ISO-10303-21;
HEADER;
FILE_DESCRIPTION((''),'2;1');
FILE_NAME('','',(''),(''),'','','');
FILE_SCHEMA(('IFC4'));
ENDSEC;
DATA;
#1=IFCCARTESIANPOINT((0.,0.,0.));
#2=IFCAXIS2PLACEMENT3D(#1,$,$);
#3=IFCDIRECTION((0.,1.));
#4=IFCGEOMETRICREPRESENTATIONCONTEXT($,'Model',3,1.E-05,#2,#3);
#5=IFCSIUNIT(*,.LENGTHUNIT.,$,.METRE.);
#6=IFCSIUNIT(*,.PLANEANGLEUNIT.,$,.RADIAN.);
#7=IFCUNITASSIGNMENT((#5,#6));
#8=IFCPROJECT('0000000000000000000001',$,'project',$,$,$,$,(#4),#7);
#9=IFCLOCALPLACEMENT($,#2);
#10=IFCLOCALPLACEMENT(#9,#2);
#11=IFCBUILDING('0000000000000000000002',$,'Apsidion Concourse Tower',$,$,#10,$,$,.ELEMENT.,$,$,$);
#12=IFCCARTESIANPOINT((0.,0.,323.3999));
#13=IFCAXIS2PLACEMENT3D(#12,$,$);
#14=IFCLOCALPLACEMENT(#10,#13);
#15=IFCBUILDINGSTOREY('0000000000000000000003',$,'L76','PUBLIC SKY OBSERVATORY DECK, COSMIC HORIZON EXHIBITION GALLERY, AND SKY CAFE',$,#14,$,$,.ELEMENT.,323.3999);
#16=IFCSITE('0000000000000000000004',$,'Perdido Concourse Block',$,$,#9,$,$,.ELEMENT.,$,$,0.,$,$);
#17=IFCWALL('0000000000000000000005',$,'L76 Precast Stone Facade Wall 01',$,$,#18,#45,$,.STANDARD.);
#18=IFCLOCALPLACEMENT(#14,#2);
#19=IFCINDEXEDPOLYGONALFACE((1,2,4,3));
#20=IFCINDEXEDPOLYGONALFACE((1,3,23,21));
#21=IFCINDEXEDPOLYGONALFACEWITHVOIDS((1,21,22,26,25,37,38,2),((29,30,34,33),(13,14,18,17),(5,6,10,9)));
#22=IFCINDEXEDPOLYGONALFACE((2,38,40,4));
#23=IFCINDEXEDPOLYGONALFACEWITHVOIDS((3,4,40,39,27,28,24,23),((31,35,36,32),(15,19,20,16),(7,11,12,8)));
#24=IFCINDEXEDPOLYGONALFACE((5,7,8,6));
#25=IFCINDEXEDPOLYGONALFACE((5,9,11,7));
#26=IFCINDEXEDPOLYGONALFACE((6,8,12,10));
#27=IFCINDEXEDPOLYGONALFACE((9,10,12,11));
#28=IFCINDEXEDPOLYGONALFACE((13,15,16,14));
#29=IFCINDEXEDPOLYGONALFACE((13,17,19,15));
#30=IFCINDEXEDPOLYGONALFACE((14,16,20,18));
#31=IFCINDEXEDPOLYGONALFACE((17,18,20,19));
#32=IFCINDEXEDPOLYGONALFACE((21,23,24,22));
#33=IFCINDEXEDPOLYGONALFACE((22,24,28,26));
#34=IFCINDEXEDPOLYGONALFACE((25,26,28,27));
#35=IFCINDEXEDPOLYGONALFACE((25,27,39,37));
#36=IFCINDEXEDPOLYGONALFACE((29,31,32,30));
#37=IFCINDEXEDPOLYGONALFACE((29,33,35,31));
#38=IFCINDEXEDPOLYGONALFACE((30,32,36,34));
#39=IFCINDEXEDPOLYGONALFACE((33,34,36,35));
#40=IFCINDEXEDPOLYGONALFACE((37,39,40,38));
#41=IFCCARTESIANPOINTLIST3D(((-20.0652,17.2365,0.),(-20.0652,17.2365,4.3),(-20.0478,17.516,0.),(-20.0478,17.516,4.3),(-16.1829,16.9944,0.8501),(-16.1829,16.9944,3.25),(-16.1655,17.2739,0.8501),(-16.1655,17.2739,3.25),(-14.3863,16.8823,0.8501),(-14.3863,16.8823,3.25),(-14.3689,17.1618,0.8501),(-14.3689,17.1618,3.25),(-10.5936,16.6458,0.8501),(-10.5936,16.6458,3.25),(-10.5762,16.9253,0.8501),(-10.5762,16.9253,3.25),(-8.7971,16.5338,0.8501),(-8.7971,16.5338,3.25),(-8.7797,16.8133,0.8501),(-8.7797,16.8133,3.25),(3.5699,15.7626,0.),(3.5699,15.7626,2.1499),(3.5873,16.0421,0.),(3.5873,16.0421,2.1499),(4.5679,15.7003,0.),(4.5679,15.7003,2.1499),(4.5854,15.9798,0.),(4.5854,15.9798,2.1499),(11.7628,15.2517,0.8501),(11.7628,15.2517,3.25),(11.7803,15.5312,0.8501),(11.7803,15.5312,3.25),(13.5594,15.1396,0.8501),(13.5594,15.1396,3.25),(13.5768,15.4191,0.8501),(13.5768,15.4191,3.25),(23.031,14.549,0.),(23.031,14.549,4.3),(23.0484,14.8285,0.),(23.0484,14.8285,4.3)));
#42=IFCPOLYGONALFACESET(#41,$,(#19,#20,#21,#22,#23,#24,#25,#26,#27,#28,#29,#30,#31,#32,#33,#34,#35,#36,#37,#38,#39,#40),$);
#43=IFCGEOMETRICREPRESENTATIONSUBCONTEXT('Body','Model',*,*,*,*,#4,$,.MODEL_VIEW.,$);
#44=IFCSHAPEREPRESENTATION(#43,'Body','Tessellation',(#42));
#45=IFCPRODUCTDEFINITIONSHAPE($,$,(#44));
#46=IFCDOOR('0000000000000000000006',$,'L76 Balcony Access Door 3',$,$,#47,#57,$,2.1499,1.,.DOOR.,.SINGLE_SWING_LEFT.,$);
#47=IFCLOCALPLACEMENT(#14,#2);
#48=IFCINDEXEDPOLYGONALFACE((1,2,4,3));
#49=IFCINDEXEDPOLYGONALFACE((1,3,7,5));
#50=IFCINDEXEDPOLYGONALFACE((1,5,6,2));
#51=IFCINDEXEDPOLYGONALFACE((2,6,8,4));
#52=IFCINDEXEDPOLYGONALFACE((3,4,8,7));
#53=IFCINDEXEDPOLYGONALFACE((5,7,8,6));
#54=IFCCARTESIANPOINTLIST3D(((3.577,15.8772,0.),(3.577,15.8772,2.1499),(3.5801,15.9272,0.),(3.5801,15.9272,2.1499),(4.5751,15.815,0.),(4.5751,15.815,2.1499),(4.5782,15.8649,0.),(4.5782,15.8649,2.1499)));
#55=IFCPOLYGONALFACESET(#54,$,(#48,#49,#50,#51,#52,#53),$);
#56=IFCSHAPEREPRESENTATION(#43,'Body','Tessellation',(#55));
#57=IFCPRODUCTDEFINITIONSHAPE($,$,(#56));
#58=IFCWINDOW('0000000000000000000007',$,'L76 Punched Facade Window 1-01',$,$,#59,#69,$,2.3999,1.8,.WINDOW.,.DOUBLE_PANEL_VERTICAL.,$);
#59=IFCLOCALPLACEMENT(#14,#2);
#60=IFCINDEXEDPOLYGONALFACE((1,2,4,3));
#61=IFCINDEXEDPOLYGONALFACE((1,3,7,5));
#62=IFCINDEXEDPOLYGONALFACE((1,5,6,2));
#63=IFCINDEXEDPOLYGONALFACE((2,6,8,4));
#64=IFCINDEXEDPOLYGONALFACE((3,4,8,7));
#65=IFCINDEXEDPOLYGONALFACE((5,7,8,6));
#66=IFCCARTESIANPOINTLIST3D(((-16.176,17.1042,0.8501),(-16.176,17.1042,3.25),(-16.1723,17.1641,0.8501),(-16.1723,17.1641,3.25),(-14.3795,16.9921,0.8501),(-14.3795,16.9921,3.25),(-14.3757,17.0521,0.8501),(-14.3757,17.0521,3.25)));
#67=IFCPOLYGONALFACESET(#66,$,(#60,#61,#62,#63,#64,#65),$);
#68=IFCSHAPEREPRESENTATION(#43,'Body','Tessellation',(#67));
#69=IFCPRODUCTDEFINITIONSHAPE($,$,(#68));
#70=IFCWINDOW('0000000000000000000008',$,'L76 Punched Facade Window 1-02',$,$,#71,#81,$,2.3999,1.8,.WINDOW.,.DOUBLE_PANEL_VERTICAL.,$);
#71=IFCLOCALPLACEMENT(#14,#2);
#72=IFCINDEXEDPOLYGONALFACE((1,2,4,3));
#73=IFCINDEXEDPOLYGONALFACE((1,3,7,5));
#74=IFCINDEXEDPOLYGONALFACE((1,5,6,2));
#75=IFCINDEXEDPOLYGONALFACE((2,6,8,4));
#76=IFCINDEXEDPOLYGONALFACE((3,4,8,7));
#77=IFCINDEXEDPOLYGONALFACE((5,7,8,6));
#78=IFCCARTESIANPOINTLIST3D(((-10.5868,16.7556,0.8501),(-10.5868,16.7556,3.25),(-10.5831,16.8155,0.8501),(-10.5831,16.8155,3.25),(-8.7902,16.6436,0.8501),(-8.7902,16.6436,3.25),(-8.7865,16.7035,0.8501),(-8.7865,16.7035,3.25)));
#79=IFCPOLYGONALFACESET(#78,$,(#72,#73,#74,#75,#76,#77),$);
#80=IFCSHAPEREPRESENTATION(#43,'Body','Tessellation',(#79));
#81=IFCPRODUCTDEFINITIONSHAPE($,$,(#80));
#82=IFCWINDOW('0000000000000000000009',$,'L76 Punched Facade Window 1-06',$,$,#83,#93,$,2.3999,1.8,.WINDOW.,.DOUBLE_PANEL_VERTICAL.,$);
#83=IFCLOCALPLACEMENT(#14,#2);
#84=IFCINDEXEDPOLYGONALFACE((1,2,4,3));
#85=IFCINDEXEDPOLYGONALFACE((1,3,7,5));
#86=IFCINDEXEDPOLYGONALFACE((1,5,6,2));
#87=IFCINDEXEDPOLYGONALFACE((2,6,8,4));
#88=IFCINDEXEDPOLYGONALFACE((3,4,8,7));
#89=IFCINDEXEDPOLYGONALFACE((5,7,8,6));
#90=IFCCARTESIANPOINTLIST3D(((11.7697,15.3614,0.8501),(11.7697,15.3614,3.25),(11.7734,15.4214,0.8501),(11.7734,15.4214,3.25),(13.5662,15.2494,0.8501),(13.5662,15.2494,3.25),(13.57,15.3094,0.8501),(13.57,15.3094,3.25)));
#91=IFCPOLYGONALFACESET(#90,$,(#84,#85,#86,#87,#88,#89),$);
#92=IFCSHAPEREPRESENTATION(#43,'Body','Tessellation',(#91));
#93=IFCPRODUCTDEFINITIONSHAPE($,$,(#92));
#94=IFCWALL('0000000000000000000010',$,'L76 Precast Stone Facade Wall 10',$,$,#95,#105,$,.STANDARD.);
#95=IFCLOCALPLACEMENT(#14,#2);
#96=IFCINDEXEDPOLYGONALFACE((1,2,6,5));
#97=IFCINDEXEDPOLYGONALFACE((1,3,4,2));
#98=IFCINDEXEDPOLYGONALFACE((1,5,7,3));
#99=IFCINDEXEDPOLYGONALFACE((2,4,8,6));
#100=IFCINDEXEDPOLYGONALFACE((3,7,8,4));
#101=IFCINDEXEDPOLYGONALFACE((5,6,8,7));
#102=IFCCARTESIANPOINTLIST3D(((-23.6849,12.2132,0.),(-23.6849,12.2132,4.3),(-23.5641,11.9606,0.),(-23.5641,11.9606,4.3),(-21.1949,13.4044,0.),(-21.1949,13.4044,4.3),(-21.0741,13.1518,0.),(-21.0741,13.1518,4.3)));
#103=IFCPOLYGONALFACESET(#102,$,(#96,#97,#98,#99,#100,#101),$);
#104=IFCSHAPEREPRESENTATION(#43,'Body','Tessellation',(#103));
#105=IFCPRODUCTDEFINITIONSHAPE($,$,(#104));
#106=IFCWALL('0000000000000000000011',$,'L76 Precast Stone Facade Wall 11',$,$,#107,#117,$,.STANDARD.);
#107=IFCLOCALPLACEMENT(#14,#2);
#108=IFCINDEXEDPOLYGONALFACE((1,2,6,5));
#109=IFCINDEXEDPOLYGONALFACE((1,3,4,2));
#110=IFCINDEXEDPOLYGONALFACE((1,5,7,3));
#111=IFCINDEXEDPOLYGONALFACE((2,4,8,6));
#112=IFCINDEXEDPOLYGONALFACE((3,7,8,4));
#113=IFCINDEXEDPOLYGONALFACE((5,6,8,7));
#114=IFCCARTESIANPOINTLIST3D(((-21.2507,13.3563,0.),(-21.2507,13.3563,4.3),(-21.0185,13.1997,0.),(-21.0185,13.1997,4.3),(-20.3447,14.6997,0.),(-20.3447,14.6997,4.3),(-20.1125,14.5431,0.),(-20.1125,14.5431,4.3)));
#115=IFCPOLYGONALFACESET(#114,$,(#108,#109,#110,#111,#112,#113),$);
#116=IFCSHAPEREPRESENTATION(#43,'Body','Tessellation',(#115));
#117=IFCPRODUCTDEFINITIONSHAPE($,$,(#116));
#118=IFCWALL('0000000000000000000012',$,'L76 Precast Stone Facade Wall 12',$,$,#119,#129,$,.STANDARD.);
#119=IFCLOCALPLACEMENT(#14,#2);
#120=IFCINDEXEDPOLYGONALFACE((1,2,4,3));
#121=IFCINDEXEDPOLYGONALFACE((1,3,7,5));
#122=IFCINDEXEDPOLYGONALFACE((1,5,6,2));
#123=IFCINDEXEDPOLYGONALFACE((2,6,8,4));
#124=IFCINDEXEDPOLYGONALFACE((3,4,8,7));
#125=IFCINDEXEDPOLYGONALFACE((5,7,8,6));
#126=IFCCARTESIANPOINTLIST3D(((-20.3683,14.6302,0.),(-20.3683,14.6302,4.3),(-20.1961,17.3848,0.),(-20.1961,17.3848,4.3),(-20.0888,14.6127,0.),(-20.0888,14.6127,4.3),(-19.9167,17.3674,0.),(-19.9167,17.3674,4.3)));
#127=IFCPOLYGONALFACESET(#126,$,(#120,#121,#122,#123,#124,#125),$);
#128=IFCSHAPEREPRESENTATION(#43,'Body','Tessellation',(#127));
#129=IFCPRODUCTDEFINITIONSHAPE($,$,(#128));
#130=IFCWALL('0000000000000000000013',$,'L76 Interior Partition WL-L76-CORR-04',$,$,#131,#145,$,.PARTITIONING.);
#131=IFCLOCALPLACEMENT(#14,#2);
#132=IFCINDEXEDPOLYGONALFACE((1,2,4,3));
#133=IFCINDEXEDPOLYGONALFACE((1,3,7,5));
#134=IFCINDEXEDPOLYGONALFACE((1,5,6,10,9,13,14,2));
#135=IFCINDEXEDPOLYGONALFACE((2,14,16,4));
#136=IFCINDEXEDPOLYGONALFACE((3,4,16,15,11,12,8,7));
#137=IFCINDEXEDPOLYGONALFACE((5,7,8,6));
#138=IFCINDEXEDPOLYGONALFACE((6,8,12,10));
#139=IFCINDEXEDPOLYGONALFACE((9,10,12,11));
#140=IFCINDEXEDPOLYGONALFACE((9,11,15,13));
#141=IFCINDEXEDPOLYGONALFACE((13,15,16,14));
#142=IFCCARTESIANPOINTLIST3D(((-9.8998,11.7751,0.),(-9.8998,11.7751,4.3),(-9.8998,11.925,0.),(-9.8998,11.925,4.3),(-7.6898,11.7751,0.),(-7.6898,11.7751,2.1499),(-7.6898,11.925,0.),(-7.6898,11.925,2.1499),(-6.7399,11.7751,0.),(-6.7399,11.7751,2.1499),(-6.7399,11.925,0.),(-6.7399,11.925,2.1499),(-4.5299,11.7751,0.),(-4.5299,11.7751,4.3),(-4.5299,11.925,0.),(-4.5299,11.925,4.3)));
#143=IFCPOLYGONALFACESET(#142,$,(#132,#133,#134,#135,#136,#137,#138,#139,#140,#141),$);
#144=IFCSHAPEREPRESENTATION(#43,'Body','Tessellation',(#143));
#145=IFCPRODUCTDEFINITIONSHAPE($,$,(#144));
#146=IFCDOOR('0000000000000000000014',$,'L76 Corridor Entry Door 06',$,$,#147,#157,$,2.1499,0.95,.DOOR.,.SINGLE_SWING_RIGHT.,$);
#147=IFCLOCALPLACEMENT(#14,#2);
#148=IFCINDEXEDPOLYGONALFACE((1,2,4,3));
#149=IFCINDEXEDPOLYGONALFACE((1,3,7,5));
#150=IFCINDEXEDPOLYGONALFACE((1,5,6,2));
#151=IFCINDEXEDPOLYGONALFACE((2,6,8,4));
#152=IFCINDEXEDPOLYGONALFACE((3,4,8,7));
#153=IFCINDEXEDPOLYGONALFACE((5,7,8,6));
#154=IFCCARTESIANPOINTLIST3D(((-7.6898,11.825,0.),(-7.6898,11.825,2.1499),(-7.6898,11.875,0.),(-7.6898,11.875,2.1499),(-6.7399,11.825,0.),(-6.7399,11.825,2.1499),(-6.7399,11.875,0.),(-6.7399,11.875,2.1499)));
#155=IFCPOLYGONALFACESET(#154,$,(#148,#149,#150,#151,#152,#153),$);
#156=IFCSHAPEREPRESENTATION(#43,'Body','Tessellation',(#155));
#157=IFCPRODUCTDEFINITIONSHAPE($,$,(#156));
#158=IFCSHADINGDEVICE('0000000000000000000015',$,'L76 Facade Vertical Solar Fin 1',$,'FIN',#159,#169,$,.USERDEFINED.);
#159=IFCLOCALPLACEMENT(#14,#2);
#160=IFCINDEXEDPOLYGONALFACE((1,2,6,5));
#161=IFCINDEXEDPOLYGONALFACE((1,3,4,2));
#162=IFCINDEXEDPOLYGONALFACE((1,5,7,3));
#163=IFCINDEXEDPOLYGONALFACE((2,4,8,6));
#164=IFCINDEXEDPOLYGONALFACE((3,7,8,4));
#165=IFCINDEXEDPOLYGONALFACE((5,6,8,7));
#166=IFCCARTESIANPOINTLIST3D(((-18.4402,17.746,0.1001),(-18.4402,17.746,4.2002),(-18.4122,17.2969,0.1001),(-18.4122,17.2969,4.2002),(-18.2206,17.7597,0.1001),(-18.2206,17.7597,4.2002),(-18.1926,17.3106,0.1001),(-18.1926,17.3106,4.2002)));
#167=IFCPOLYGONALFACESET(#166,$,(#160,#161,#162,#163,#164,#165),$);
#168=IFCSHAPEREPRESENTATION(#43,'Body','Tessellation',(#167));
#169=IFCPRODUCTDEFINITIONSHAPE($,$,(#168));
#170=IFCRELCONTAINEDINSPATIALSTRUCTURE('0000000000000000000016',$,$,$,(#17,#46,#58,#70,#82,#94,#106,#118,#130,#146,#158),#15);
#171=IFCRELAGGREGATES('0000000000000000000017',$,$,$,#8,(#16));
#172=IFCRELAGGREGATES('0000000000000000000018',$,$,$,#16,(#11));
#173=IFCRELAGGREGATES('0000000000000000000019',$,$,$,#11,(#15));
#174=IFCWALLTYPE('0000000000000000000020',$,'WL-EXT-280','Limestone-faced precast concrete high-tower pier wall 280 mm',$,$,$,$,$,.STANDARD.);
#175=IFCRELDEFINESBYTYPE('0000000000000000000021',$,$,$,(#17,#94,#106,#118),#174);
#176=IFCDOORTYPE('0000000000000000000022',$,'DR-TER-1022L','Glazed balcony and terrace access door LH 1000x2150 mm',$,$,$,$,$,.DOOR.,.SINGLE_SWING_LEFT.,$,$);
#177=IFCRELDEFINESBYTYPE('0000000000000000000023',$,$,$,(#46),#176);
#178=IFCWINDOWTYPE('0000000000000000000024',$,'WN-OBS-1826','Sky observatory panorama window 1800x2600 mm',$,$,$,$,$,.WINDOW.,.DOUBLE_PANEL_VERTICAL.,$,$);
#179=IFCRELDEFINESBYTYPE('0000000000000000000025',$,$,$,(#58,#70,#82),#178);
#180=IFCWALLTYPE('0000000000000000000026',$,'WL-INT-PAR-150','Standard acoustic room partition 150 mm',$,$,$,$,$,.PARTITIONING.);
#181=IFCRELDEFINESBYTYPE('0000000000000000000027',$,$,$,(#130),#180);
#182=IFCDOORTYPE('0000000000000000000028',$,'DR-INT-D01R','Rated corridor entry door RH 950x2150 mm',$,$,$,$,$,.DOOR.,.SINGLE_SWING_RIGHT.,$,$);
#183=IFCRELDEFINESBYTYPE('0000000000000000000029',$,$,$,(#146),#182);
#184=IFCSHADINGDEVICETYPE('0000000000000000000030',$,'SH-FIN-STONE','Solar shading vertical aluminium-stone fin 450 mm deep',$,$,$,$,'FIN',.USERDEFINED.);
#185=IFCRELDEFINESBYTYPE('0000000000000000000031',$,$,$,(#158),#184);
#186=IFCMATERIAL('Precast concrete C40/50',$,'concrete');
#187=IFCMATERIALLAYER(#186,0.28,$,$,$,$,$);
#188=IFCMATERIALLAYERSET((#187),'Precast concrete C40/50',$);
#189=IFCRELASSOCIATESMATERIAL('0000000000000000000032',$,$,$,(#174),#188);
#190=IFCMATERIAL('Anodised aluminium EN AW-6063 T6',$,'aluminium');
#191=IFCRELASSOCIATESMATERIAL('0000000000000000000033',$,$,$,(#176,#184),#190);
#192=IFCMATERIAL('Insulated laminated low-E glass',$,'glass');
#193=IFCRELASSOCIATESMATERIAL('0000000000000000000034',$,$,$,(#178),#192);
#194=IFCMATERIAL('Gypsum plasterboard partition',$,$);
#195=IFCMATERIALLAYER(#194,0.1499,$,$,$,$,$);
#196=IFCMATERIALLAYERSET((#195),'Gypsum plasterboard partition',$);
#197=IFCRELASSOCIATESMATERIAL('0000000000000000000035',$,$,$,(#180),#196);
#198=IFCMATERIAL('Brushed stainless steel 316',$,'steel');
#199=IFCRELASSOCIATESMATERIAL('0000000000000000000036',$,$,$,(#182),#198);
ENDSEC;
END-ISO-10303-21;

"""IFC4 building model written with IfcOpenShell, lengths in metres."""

from ifc_helpers import new_model, si_unit, direction, frame, frame_2d, origin, origin_2d, place, context, subcontext, project, spatial, rectangle, extrude, material, layer, layer_set, type_object, element, fill, save


model = new_model("IFC4")

# Units and contexts
model_context = context("Model", 3, precision=1e-05, world=origin(), true_north=direction((0.0, 1.0)))
body_context = subcontext(model_context, "Body", "Model", "MODEL_VIEW")
ifc_project = project(units=[si_unit("LENGTHUNIT", "METRE"), si_unit("PLANEANGLEUNIT", "RADIAN")], contexts=[model_context])

# Site, building, storey
site_placement = place(None, origin())
site = spatial("IfcSite", under=ifc_project, at=site_placement, Name="Perdido Concourse Block", CompositionType="ELEMENT", RefElevation=0.0)
building_placement = place(site_placement, origin())
building = spatial("IfcBuilding", under=site, at=building_placement, Name="Apsidion Concourse Tower", CompositionType="ELEMENT")
storey_placement = place(building_placement, frame((0.0, 0.0, 323.3999)))
storey = spatial("IfcBuildingStorey", under=building, at=storey_placement, Name="L76", Description="PUBLIC SKY OBSERVATORY DECK, COSMIC HORIZON EXHIBITION GALLERY, AND SKY CAFE", CompositionType="ELEMENT", Elevation=323.3999)

# Wall, openings, door, windows
ifc_material_1 = material(Name="Precast concrete C40/50", Category="concrete")
ifc_layer_1 = layer(ifc_material_1, 0.28)
ifc_layer_set_1 = layer_set([ifc_layer_1], Name="Precast concrete C40/50")
wall_type_1 = type_object("IfcWallType", Name="WL-EXT-280", Description="Limestone-faced precast concrete high-tower pier wall 280 mm", PredefinedType="STANDARD", material=ifc_layer_set_1)
wall_1_placement = place(storey_placement, frame((-20.0564, 17.3762, 0.0), z_axis=(0.0, 0.0, 1.0), x_axis=(0.998061, -0.06224, 0.0)))
wall_1 = element("IfcWall", 1, at=wall_1_placement, inside=storey, type_object=wall_type_1, Name="L76 Precast Stone Facade Wall 01", PredefinedType="STANDARD", context=body_context, shape_type="SweptSolid", body=[
    extrude(rectangle(XDim=43.1799, YDim=0.28, at=frame_2d((21.5898, 0.0))), origin(), (0.0, 0.0, 1.0), 4.3),
])
opening_1_placement = place(wall_1_placement, frame((23.6809, 0.0, 0.0)))
opening_1 = element("IfcOpeningElement", 2, at=opening_1_placement, cuts=wall_1, PredefinedType="OPENING", context=body_context, shape_type="SweptSolid", body=[
    extrude(rectangle(XDim=1.0, YDim=2.1499, at=frame_2d((0.5, 1.075))), frame((0.0, 0.1499, 0.0), z_axis=(0.0, -1.0, 0.0), x_axis=(1.0, 0.0, 0.0)), (0.0, 0.0, 1.0), 0.3),
])
opening_2_placement = place(wall_1_placement, frame((3.8899, 0.0, 0.8501)))
opening_2 = element("IfcOpeningElement", 3, at=opening_2_placement, cuts=wall_1, PredefinedType="OPENING", context=body_context, shape_type="SweptSolid", body=[
    extrude(rectangle(XDim=1.8, YDim=2.3999, at=frame_2d((0.8999, 1.2))), frame((0.0, 0.1499, 0.0), z_axis=(0.0, -1.0, 0.0), x_axis=(1.0, 0.0, 0.0)), (0.0, 0.0, 1.0), 0.3),
])
opening_3_placement = place(wall_1_placement, frame((9.49, 0.0, 0.8501)))
opening_3 = element("IfcOpeningElement", 4, at=opening_3_placement, cuts=wall_1, PredefinedType="OPENING", context=body_context, shape_type="SweptSolid", body=[
    extrude(rectangle(XDim=1.8, YDim=2.3999, at=frame_2d((0.8999, 1.2))), frame((0.0, 0.1499, 0.0), z_axis=(0.0, -1.0, 0.0), x_axis=(1.0, 0.0, 0.0)), (0.0, 0.0, 1.0), 0.3),
])
opening_4_placement = place(wall_1_placement, frame((31.8899, 0.0, 0.8501)))
opening_4 = element("IfcOpeningElement", 5, at=opening_4_placement, cuts=wall_1, PredefinedType="OPENING", context=body_context, shape_type="SweptSolid", body=[
    extrude(rectangle(XDim=1.8, YDim=2.3999, at=frame_2d((0.8999, 1.2))), frame((0.0, 0.1499, 0.0), z_axis=(0.0, -1.0, 0.0), x_axis=(1.0, 0.0, 0.0)), (0.0, 0.0, 1.0), 0.3),
])
ifc_material_2 = material(Name="Anodised aluminium EN AW-6063 T6", Category="aluminium")
door_type_1 = type_object("IfcDoorType", Name="DR-TER-1022L", Description="Glazed balcony and terrace access door LH 1000x2150 mm", OperationType="SINGLE_SWING_LEFT", PredefinedType="DOOR", material=ifc_material_2)
door_1_placement = place(opening_1_placement, origin())
door_1 = element("IfcDoor", 6, at=door_1_placement, inside=storey, type_object=door_type_1, Name="L76 Balcony Access Door 3", OperationType="SINGLE_SWING_LEFT", OverallHeight=2.1499, OverallWidth=1.0, PredefinedType="DOOR", context=body_context, shape_type="SweptSolid", body=[
    extrude(rectangle(XDim=1.0, YDim=2.1499, at=frame_2d((0.5, 1.075))), frame((0.0, 0.0249, 0.0), z_axis=(0.0, -1.0, 0.0), x_axis=(1.0, 0.0, 0.0)), (0.0, 0.0, 1.0), 0.05),
])
fill(opening_1, door_1)
ifc_material_3 = material(Name="Insulated laminated low-E glass", Category="glass")
window_type = type_object("IfcWindowType", Name="WN-OBS-1826", Description="Sky observatory panorama window 1800x2600 mm", PartitioningType="DOUBLE_PANEL_VERTICAL", PredefinedType="WINDOW", material=ifc_material_3)
window_1_placement = place(opening_2_placement, origin())
window_1 = element("IfcWindow", 7, at=window_1_placement, inside=storey, type_object=window_type, Name="L76 Punched Facade Window 1-01", OverallHeight=2.3999, OverallWidth=1.8, PartitioningType="DOUBLE_PANEL_VERTICAL", PredefinedType="WINDOW", context=body_context, shape_type="SweptSolid", body=[
    extrude(rectangle(XDim=1.8, YDim=2.3999, at=frame_2d((0.8999, 1.2))), frame((0.0, 0.03, 0.0), z_axis=(0.0, -1.0, 0.0), x_axis=(1.0, 0.0, 0.0)), (0.0, 0.0, 1.0), 0.0601),
])
fill(opening_2, window_1)
window_2_placement = place(opening_3_placement, origin())
window_2 = element("IfcWindow", 8, at=window_2_placement, inside=storey, type_object=window_type, Name="L76 Punched Facade Window 1-02", OverallHeight=2.3999, OverallWidth=1.8, PartitioningType="DOUBLE_PANEL_VERTICAL", PredefinedType="WINDOW", context=body_context, shape_type="SweptSolid", body=[
    extrude(rectangle(XDim=1.8, YDim=2.3999, at=frame_2d((0.8999, 1.2))), frame((0.0, 0.03, 0.0), z_axis=(0.0, -1.0, 0.0), x_axis=(1.0, 0.0, 0.0)), (0.0, 0.0, 1.0), 0.0601),
])
fill(opening_3, window_2)
window_3_placement = place(opening_4_placement, origin())
window_3 = element("IfcWindow", 9, at=window_3_placement, inside=storey, type_object=window_type, Name="L76 Punched Facade Window 1-06", OverallHeight=2.3999, OverallWidth=1.8, PartitioningType="DOUBLE_PANEL_VERTICAL", PredefinedType="WINDOW", context=body_context, shape_type="SweptSolid", body=[
    extrude(rectangle(XDim=1.8, YDim=2.3999, at=frame_2d((0.8999, 1.2))), frame((0.0, 0.03, 0.0), z_axis=(0.0, -1.0, 0.0), x_axis=(1.0, 0.0, 0.0)), (0.0, 0.0, 1.0), 0.0601),
])
fill(opening_4, window_3)

# Walls
wall_2_placement = place(storey_placement, frame((-23.6245, 12.0869, 0.0), z_axis=(0.0, 0.0, 1.0), x_axis=(0.902092, 0.431543, 0.0)))
element("IfcWall", 10, at=wall_2_placement, inside=storey, type_object=wall_type_1, Name="L76 Precast Stone Facade Wall 10", PredefinedType="STANDARD", context=body_context, shape_type="SweptSolid", body=[
    extrude(rectangle(XDim=2.7603, YDim=0.28, at=frame_2d((1.3801, 0.0))), origin(), (0.0, 0.0, 1.0), 4.3),
])
wall_3_placement = place(storey_placement, frame((-21.1345, 13.2781, 0.0), z_axis=(0.0, 0.0, 1.0), x_axis=(0.559108, 0.829095, 0.0)))
element("IfcWall", 11, at=wall_3_placement, inside=storey, type_object=wall_type_1, Name="L76 Precast Stone Facade Wall 11", PredefinedType="STANDARD", context=body_context, shape_type="SweptSolid", body=[
    extrude(rectangle(XDim=1.6204, YDim=0.28, at=frame_2d((0.8101, 0.0))), origin(), (0.0, 0.0, 1.0), 4.3),
])
wall_4_placement = place(storey_placement, frame((-20.2285, 14.6216, 0.0), z_axis=(0.0, 0.0, 1.0), x_axis=(0.062362, 0.998054, 0.0)))
element("IfcWall", 12, at=wall_4_placement, inside=storey, type_object=wall_type_1, Name="L76 Precast Stone Facade Wall 12", PredefinedType="STANDARD", context=body_context, shape_type="SweptSolid", body=[
    extrude(rectangle(XDim=2.76, YDim=0.28, at=frame_2d((1.3799, 0.0))), origin(), (0.0, 0.0, 1.0), 4.3),
])

# Wall, opening, door
ifc_material_4 = material(Name="Gypsum plasterboard partition")
ifc_layer_2 = layer(ifc_material_4, 0.1499)
ifc_layer_set_2 = layer_set([ifc_layer_2], Name="Gypsum plasterboard partition")
wall_type_2 = type_object("IfcWallType", Name="WL-INT-PAR-150", Description="Standard acoustic room partition 150 mm", PredefinedType="PARTITIONING", material=ifc_layer_set_2)
wall_5_placement = place(storey_placement, frame((-9.8999, 11.8501, 0.0), z_axis=(0.0, 0.0, 1.0), x_axis=(1.0, 0.0, 0.0)))
wall_5 = element("IfcWall", 13, at=wall_5_placement, inside=storey, type_object=wall_type_2, Name="L76 Interior Partition WL-L76-CORR-04", PredefinedType="PARTITIONING", context=body_context, shape_type="SweptSolid", body=[
    extrude(rectangle(XDim=5.3699, YDim=0.1499, at=frame_2d((2.6851, 0.0))), origin(), (0.0, 0.0, 1.0), 4.3),
])
opening_5_placement = place(wall_5_placement, frame((2.21, 0.0, 0.0)))
opening_5 = element("IfcOpeningElement", 14, at=opening_5_placement, cuts=wall_5, PredefinedType="OPENING", context=body_context, shape_type="SweptSolid", body=[
    extrude(rectangle(XDim=0.95, YDim=2.1499, at=frame_2d((0.4751, 1.075))), frame((0.0, 0.085, 0.0), z_axis=(0.0, -1.0, 0.0), x_axis=(1.0, 0.0, 0.0)), (0.0, 0.0, 1.0), 0.1699),
])
ifc_material_5 = material(Name="Brushed stainless steel 316", Category="steel")
door_type_2 = type_object("IfcDoorType", Name="DR-INT-D01R", Description="Rated corridor entry door RH 950x2150 mm", OperationType="SINGLE_SWING_RIGHT", PredefinedType="DOOR", material=ifc_material_5)
door_2_placement = place(opening_5_placement, origin())
door_2 = element("IfcDoor", 15, at=door_2_placement, inside=storey, type_object=door_type_2, Name="L76 Corridor Entry Door 06", OperationType="SINGLE_SWING_RIGHT", OverallHeight=2.1499, OverallWidth=0.95, PredefinedType="DOOR", context=body_context, shape_type="SweptSolid", body=[
    extrude(rectangle(XDim=0.95, YDim=2.1499, at=frame_2d((0.4751, 1.075))), frame((0.0, 0.0249, 0.0), z_axis=(0.0, -1.0, 0.0), x_axis=(1.0, 0.0, 0.0)), (0.0, 0.0, 1.0), 0.05),
])
fill(opening_5, door_2)

# Shading device
shading_device_type = type_object("IfcShadingDeviceType", Name="SH-FIN-STONE", Description="Solar shading vertical aluminium-stone fin 450 mm deep", ElementType="FIN", PredefinedType="USERDEFINED", material=ifc_material_2)
shading_device_placement = place(storey_placement, frame((-18.3164, 17.5283, 0.1001), z_axis=(0.0, 0.0, 1.0), x_axis=(0.998059, 0.062268, 0.0)))
element("IfcShadingDevice", 16, at=shading_device_placement, inside=storey, type_object=shading_device_type, Name="L76 Facade Vertical Solar Fin 1", ObjectType="FIN", PredefinedType="USERDEFINED", context=body_context, shape_type="SweptSolid", body=[
    extrude(rectangle(XDim=0.22, YDim=0.45, at=origin_2d()), origin(), (0.0, 0.0, 1.0), 4.1001),
])

save(model, "model.ifc")
